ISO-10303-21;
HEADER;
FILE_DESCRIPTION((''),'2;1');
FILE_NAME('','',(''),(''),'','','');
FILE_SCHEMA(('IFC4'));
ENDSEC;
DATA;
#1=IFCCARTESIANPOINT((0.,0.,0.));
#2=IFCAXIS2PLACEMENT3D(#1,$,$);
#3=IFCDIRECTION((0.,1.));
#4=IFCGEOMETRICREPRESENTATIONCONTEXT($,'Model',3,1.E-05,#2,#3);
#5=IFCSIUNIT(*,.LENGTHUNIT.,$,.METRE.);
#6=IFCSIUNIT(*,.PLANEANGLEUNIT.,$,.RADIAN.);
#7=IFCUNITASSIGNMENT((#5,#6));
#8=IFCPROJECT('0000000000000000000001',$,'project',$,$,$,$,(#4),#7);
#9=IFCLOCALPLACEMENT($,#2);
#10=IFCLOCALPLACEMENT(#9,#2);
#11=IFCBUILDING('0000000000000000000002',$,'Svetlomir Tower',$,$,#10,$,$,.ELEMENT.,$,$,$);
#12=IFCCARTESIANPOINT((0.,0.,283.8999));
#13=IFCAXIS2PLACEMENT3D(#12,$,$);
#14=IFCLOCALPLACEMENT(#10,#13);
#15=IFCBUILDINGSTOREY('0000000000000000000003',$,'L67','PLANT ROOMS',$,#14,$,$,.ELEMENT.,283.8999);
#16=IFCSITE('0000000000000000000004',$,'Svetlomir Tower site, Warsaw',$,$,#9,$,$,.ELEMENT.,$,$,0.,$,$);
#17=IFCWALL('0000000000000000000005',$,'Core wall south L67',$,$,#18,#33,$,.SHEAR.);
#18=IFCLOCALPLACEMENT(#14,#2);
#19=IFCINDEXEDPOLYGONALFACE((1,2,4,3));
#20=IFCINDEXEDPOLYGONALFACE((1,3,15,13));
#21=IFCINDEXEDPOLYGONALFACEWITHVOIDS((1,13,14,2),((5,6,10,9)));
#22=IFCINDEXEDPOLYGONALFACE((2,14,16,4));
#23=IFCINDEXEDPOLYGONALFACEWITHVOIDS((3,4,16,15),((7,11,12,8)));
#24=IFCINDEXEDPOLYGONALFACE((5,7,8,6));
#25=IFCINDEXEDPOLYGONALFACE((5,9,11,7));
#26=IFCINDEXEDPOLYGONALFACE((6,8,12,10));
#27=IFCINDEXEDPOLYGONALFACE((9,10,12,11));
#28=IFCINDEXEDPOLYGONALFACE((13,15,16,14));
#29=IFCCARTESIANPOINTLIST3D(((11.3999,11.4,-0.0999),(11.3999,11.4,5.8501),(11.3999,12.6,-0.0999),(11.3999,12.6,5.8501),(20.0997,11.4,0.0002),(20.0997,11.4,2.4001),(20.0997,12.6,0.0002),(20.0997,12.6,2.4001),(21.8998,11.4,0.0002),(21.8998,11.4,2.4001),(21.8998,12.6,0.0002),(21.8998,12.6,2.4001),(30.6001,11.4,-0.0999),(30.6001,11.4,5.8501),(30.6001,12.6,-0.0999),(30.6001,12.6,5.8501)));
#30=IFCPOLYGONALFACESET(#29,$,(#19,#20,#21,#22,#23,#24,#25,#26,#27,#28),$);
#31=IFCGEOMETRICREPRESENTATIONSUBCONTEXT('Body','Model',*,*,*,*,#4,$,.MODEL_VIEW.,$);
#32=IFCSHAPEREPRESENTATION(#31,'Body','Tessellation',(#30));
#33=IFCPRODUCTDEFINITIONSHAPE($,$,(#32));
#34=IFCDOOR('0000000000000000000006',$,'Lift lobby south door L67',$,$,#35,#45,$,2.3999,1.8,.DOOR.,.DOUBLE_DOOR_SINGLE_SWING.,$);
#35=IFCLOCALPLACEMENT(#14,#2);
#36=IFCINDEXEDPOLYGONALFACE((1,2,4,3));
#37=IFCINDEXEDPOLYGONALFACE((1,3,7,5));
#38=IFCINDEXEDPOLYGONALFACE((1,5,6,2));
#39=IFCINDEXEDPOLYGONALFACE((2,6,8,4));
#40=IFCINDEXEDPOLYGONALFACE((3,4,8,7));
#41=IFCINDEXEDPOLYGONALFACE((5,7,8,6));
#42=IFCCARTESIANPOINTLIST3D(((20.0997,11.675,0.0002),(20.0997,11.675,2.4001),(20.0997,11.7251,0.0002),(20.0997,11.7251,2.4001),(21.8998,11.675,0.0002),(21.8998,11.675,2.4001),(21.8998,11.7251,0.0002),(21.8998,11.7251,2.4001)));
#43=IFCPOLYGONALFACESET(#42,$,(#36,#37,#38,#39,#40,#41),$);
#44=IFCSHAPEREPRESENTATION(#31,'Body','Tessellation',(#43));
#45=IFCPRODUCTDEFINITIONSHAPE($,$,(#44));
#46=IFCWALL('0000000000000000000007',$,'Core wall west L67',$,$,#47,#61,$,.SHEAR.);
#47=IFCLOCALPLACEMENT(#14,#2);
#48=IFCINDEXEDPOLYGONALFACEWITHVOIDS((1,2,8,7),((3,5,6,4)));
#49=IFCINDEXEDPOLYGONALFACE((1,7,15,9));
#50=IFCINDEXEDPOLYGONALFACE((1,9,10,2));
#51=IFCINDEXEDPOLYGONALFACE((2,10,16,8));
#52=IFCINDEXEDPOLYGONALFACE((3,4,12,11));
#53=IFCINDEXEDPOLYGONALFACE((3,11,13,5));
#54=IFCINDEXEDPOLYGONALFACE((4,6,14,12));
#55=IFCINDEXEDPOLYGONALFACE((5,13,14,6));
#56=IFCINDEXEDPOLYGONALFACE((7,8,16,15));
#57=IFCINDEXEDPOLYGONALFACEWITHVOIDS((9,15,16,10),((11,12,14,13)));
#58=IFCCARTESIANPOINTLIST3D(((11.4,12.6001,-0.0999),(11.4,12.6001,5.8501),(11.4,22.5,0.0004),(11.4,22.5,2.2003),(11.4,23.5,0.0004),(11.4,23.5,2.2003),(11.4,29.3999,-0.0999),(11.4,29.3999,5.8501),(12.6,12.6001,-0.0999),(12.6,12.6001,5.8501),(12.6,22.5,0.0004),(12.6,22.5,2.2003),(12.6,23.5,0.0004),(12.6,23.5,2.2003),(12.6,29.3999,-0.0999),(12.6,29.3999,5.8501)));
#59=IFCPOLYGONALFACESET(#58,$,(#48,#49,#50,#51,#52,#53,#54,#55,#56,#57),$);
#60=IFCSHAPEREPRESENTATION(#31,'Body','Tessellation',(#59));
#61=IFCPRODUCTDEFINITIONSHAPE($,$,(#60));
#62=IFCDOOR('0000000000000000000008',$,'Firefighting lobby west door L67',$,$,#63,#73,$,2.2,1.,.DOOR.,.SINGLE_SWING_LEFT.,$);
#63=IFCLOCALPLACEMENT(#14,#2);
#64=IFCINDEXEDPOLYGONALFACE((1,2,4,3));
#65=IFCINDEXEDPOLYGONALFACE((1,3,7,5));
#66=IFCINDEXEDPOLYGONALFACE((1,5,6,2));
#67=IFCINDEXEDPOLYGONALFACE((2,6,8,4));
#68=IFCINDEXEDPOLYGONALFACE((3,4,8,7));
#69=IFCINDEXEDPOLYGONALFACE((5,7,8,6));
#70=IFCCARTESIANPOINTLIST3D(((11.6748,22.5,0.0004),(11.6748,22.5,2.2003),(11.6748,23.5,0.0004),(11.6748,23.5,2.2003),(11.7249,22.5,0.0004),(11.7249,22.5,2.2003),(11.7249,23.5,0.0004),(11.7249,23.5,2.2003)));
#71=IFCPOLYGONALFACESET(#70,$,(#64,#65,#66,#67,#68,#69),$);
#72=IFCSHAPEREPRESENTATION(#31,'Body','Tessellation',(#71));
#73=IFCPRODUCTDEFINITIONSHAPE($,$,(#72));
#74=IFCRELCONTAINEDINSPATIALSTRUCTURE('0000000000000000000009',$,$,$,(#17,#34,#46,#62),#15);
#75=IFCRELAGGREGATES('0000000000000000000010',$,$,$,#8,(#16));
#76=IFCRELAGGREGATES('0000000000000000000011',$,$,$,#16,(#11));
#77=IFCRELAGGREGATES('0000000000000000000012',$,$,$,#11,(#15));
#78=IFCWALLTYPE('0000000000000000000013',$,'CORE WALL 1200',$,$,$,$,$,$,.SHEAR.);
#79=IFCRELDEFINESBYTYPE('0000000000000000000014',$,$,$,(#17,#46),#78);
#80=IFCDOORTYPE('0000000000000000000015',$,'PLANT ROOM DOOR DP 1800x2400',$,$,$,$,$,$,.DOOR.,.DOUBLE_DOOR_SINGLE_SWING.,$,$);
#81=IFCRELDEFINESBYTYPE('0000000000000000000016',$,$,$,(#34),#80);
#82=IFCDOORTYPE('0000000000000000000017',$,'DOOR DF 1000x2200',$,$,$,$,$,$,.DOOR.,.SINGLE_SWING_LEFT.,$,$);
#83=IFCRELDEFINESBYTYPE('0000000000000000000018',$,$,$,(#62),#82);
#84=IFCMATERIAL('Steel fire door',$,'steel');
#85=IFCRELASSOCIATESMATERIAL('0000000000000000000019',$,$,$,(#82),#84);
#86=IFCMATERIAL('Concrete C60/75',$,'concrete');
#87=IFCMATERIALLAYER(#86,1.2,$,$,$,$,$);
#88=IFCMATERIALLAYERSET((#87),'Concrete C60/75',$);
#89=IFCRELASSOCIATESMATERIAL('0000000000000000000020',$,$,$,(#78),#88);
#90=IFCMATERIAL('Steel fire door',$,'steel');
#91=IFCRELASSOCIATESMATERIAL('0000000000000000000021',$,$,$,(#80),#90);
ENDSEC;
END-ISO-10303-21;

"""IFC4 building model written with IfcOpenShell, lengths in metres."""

from ifc_helpers import new_model, si_unit, direction, frame, frame_2d, origin, place, context, subcontext, project, spatial, rectangle, extrude, material, layer, layer_set, type_object, element, fill, save


model = new_model("IFC4")

# Units and contexts
model_context = context("Model", 3, precision=1e-05, world=origin(), true_north=direction((0.0, 1.0)))
body_context = subcontext(model_context, "Body", "Model", "MODEL_VIEW")
ifc_project = project(units=[si_unit("LENGTHUNIT", "METRE"), si_unit("PLANEANGLEUNIT", "RADIAN")], contexts=[model_context])

# Site, building, storey
site_placement = place(None, origin())
site = spatial("IfcSite", under=ifc_project, at=site_placement, Name="Svetlomir Tower site, Warsaw", CompositionType="ELEMENT", RefElevation=0.0)
building_placement = place(site_placement, origin())
building = spatial("IfcBuilding", under=site, at=building_placement, Name="Svetlomir Tower", CompositionType="ELEMENT")
storey_placement = place(building_placement, frame((0.0, 0.0, 283.8999)))
storey = spatial("IfcBuildingStorey", under=building, at=storey_placement, Name="L67", Description="PLANT ROOMS", CompositionType="ELEMENT", Elevation=283.8999)

# Shared definitions
ifc_material_1 = material(Name="Steel fire door", Category="steel")
door_type_1 = type_object("IfcDoorType", Name="DOOR DF 1000x2200", OperationType="SINGLE_SWING_LEFT", PredefinedType="DOOR", material=ifc_material_1)

# Walls, openings, doors
ifc_material_2 = material(Name="Concrete C60/75", Category="concrete")
ifc_layer_1 = layer(ifc_material_2, 1.2)
ifc_layer_set_1 = layer_set([ifc_layer_1], Name="Concrete C60/75")
wall_type_1 = type_object("IfcWallType", Name="CORE WALL 1200", PredefinedType="SHEAR", material=ifc_layer_set_1)
wall_1_placement = place(storey_placement, frame((11.3999, 12.0, -0.0999), z_axis=(0.0, 0.0, 1.0), x_axis=(1.0, 0.0, 0.0)))
wall_1 = element("IfcWall", 1, at=wall_1_placement, inside=storey, type_object=wall_type_1, Name="Core wall south L67", PredefinedType="SHEAR", context=body_context, shape_type="SweptSolid", body=[
    extrude(rectangle(XDim=19.2002, YDim=1.2, at=frame_2d((9.6001, 0.0))), origin(), (0.0, 0.0, 1.0), 5.95),
])
opening_1_placement = place(wall_1_placement, frame((8.7, 0.0, 0.1001)))
opening_1 = element("IfcOpeningElement", 2, at=opening_1_placement, cuts=wall_1, PredefinedType="OPENING", context=body_context, shape_type="SweptSolid", body=[
    extrude(rectangle(XDim=1.8, YDim=2.3999, at=frame_2d((0.8999, 1.2))), frame((0.0, 0.6099, 0.0), z_axis=(0.0, -1.0, 0.0), x_axis=(1.0, 0.0, 0.0)), (0.0, 0.0, 1.0), 1.22),
])
ifc_material_3 = material(Name="Steel fire door", Category="steel")
door_type_2 = type_object("IfcDoorType", Name="PLANT ROOM DOOR DP 1800x2400", OperationType="DOUBLE_DOOR_SINGLE_SWING", PredefinedType="DOOR", material=ifc_material_3)
door_1_placement = place(opening_1_placement, origin())
door_1 = element("IfcDoor", 3, at=door_1_placement, inside=storey, type_object=door_type_2, Name="Lift lobby south door L67", OperationType="DOUBLE_DOOR_SINGLE_SWING", OverallHeight=2.3999, OverallWidth=1.8, PredefinedType="DOOR", context=body_context, shape_type="SweptSolid", body=[
    extrude(rectangle(XDim=1.8, YDim=2.3999, at=frame_2d((0.8999, 1.2))), frame((0.0, -0.2749, 0.0), z_axis=(0.0, -1.0, 0.0), x_axis=(1.0, 0.0, 0.0)), (0.0, 0.0, 1.0), 0.05),
])
fill(opening_1, door_1)
wall_2_placement = place(storey_placement, frame((12.0, 12.6001, -0.0999), z_axis=(0.0, 0.0, 1.0), x_axis=(0.0, 1.0, 0.0)))
wall_2 = element("IfcWall", 4, at=wall_2_placement, inside=storey, type_object=wall_type_1, Name="Core wall west L67", PredefinedType="SHEAR", context=body_context, shape_type="SweptSolid", body=[
    extrude(rectangle(XDim=16.7998, YDim=1.2, at=frame_2d((8.3999, 0.0))), origin(), (0.0, 0.0, 1.0), 5.95),
])
opening_2_placement = place(wall_2_placement, frame((9.8999, 0.0, 0.1001)))
opening_2 = element("IfcOpeningElement", 5, at=opening_2_placement, cuts=wall_2, PredefinedType="OPENING", context=body_context, shape_type="SweptSolid", body=[
    extrude(rectangle(XDim=1.0, YDim=2.2, at=frame_2d((0.5, 1.1001))), frame((0.0, 0.6099, 0.0), z_axis=(0.0, -1.0, 0.0), x_axis=(1.0, 0.0, 0.0)), (0.0, 0.0, 1.0), 1.22),
])
door_2_placement = place(opening_2_placement, origin())
door_2 = element("IfcDoor", 6, at=door_2_placement, inside=storey, type_object=door_type_1, Name="Firefighting lobby west door L67", OperationType="SINGLE_SWING_LEFT", OverallHeight=2.2, OverallWidth=1.0, PredefinedType="DOOR", context=body_context, shape_type="SweptSolid", body=[
    extrude(rectangle(XDim=1.0, YDim=2.2, at=frame_2d((0.5, 1.1001))), frame((0.0, 0.3252, 0.0), z_axis=(0.0, -1.0, 0.0), x_axis=(1.0, 0.0, 0.0)), (0.0, 0.0, 1.0), 0.05),
])
fill(opening_2, door_2)

save(model, "model.ifc")
